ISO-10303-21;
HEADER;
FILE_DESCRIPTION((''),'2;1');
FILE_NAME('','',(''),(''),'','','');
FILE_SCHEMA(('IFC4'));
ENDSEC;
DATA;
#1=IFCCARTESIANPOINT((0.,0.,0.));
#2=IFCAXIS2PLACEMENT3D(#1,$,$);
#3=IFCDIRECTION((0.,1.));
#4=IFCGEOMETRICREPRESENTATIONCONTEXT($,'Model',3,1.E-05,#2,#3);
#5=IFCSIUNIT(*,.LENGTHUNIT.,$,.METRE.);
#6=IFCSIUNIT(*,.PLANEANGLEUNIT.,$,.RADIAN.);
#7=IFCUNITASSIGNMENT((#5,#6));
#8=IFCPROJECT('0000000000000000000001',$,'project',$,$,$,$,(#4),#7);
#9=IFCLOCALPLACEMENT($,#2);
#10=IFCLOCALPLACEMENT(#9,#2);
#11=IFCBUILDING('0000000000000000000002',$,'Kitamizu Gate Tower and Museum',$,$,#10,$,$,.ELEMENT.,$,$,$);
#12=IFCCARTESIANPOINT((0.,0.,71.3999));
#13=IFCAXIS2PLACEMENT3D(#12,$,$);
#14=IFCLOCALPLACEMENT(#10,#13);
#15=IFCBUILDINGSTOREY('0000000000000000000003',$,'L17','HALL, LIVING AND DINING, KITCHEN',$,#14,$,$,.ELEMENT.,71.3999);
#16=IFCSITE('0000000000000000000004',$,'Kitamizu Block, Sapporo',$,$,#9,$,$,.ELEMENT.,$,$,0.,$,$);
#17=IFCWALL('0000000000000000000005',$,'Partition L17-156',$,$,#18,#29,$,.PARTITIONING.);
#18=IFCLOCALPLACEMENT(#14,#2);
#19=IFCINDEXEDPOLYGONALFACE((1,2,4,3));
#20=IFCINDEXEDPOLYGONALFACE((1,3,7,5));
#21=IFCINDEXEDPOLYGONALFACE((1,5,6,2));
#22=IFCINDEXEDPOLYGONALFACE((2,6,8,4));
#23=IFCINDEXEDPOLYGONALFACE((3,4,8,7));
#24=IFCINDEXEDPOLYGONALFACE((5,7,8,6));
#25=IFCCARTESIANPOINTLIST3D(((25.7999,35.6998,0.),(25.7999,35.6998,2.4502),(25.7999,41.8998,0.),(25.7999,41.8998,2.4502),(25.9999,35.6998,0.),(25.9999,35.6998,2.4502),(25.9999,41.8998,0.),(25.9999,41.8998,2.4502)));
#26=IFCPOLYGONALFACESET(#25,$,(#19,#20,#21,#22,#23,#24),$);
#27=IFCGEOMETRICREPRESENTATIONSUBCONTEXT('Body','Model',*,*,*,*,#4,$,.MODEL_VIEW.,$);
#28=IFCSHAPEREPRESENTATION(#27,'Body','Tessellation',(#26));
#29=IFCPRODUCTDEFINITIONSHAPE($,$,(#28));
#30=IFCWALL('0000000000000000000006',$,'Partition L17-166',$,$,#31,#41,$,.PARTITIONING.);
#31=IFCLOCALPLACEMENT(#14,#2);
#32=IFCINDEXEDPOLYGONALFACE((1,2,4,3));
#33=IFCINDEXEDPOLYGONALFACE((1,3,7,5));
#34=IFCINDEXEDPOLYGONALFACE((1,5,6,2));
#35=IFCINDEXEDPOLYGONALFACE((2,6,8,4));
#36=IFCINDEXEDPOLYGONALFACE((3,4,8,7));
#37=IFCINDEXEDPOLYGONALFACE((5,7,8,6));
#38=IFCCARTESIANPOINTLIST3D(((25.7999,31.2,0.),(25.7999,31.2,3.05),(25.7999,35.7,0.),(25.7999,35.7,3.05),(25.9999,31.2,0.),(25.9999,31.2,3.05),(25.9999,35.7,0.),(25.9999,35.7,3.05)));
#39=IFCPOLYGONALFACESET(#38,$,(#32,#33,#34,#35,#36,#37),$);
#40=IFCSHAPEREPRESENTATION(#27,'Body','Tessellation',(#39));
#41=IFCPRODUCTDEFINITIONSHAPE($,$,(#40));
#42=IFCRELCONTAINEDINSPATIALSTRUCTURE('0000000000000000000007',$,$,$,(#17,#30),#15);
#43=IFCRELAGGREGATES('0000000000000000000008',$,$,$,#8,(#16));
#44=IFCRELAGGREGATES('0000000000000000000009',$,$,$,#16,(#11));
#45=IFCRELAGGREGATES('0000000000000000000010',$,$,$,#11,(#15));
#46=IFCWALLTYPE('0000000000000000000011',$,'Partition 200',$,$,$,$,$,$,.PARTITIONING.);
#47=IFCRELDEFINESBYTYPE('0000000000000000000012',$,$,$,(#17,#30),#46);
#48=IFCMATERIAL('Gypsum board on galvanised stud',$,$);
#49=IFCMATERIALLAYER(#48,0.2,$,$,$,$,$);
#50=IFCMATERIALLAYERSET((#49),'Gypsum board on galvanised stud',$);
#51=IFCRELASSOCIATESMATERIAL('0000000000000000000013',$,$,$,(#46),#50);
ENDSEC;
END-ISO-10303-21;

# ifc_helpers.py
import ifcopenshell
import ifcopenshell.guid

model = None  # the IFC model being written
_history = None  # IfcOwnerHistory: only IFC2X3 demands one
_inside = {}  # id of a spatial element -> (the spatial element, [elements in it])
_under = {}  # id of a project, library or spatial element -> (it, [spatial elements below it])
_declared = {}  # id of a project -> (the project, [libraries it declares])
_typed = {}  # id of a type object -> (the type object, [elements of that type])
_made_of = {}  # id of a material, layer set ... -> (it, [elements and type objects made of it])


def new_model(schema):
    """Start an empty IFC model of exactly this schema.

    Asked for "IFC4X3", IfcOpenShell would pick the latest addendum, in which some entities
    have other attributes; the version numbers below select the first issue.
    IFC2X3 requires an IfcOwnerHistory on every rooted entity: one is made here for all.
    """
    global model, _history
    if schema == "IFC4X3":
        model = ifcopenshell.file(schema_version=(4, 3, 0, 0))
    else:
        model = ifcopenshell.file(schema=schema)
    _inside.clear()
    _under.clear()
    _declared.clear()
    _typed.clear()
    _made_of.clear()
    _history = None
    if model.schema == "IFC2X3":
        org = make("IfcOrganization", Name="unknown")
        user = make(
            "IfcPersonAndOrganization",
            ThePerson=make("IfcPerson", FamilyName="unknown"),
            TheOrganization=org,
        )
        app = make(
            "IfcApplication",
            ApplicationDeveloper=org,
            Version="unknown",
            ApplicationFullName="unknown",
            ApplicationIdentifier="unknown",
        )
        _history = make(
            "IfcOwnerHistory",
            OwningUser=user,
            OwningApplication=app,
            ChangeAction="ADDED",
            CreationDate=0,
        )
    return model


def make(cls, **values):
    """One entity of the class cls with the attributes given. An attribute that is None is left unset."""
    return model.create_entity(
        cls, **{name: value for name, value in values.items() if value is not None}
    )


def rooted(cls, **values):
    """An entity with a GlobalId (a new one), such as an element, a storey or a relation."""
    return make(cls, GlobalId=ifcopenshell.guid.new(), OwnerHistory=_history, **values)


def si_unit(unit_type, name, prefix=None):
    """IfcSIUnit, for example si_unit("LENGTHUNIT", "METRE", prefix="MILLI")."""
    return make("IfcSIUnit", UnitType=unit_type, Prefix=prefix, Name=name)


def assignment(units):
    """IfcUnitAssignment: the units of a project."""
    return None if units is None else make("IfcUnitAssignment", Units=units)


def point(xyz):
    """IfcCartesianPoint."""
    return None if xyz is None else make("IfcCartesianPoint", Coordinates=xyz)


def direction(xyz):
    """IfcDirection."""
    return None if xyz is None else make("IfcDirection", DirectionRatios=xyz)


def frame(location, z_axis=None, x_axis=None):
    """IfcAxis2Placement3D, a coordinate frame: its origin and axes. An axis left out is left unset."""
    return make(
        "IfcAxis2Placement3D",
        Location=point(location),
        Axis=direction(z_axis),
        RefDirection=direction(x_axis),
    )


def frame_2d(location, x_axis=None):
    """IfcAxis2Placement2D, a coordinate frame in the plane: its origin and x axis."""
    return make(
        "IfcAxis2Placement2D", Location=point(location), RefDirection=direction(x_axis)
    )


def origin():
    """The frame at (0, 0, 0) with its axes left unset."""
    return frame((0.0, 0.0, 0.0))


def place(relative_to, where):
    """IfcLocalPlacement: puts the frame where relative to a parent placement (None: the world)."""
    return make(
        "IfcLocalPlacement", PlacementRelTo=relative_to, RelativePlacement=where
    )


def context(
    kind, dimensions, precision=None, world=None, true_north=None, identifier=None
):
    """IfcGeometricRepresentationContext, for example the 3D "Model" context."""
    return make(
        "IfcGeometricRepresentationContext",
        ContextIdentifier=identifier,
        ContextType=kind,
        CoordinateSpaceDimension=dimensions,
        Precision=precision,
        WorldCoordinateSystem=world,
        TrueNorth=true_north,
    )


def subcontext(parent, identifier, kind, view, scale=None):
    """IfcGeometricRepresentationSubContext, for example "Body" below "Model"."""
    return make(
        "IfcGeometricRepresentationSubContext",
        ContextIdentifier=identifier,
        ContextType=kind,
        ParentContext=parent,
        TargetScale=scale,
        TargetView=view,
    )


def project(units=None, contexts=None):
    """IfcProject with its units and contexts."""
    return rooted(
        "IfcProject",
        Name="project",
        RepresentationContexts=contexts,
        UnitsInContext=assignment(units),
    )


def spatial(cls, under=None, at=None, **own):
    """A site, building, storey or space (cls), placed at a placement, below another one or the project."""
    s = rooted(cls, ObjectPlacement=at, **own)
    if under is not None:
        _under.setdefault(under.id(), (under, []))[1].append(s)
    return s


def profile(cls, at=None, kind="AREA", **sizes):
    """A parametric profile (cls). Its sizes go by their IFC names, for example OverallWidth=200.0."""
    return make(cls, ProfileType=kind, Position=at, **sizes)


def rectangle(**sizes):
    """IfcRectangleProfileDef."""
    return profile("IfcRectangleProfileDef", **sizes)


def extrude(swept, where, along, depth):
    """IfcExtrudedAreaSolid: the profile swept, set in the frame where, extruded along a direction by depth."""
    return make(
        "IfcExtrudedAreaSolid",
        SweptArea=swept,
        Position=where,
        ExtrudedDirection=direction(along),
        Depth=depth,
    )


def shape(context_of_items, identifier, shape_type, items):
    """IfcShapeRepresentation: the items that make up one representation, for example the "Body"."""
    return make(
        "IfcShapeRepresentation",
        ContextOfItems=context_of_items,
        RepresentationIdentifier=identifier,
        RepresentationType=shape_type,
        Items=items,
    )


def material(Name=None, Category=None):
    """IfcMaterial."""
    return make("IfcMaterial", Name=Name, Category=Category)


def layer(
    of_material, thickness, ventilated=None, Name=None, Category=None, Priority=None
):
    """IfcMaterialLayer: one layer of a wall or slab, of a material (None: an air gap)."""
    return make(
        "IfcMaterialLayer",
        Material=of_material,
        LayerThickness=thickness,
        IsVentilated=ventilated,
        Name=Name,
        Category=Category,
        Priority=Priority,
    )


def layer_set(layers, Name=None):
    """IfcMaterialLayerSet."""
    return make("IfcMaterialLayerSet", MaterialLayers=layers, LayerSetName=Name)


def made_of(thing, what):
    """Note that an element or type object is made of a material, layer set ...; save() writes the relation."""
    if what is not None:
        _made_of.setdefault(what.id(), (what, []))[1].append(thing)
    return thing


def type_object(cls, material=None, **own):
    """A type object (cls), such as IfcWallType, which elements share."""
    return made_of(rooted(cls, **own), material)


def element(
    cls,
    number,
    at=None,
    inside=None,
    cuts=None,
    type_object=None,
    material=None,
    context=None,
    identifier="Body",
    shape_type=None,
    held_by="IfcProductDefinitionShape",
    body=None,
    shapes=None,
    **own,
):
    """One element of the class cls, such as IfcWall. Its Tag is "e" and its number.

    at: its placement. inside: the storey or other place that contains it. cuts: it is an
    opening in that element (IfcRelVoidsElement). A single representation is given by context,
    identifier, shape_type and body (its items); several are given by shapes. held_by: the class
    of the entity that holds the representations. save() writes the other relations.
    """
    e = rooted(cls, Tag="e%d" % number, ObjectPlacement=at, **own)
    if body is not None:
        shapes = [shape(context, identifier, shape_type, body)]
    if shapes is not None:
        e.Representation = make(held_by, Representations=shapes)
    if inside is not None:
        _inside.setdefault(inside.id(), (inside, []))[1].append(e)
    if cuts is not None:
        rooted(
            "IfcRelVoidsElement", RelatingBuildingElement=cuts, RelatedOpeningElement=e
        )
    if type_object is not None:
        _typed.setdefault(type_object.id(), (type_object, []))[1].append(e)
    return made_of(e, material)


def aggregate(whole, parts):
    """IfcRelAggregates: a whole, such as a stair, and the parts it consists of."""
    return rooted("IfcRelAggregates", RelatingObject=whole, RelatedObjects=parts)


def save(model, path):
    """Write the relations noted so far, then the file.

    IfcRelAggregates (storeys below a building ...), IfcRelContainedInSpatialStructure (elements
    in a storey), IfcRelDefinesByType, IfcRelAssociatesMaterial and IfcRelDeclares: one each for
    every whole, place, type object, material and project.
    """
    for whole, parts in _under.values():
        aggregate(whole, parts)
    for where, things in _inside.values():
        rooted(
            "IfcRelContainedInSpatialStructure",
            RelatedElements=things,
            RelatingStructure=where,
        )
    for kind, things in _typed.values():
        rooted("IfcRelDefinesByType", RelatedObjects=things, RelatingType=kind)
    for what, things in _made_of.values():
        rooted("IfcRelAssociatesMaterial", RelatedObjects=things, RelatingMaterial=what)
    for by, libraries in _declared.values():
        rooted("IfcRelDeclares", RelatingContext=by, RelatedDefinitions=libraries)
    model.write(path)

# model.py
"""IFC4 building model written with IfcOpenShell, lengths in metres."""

from ifc_helpers import new_model, si_unit, direction, frame, frame_2d, origin, place, context, subcontext, project, spatial, rectangle, extrude, material, layer, layer_set, type_object, element, save


model = new_model("IFC4")

# Units and contexts
model_context = context("Model", 3, precision=1e-05, world=origin(), true_north=direction((0.0, 1.0)))
body_context = subcontext(model_context, "Body", "Model", "MODEL_VIEW")
ifc_project = project(units=[si_unit("LENGTHUNIT", "METRE"), si_unit("PLANEANGLEUNIT", "RADIAN")], contexts=[model_context])

# Site, building, storey
site_placement = place(None, origin())
site = spatial("IfcSite", under=ifc_project, at=site_placement, Name="Kitamizu Block, Sapporo", CompositionType="ELEMENT", RefElevation=0.0)
building_placement = place(site_placement, origin())
building = spatial("IfcBuilding", under=site, at=building_placement, Name="Kitamizu Gate Tower and Museum", CompositionType="ELEMENT")
storey_placement = place(building_placement, frame((0.0, 0.0, 71.3999)))
storey = spatial("IfcBuildingStorey", under=building, at=storey_placement, Name="L17", Description="HALL, LIVING AND DINING, KITCHEN", CompositionType="ELEMENT", Elevation=71.3999)

# Walls
ifc_material_1 = material(Name="Gypsum board on galvanised stud")
ifc_layer_1 = layer(ifc_material_1, 0.2)
ifc_layer_set_1 = layer_set([ifc_layer_1], Name="Gypsum board on galvanised stud")
wall_type_1 = type_object("IfcWallType", Name="Partition 200", PredefinedType="PARTITIONING", material=ifc_layer_set_1)
wall_1_placement = place(storey_placement, frame((25.8999, 41.8999, 0.0), z_axis=(0.0, 0.0, 1.0), x_axis=(0.0, -1.0, 0.0)))
element("IfcWall", 1, at=wall_1_placement, inside=storey, type_object=wall_type_1, Name="Partition L17-156", PredefinedType="PARTITIONING", context=body_context, shape_type="SweptSolid", body=[
    extrude(rectangle(XDim=6.2, YDim=0.2, at=frame_2d((3.1001, 0.0))), origin(), (0.0, 0.0, 1.0), 2.4502),
])
wall_2_placement = place(storey_placement, frame((25.8999, 35.7, 0.0), z_axis=(0.0, 0.0, 1.0), x_axis=(0.0, -1.0, 0.0)))
element("IfcWall", 2, at=wall_2_placement, inside=storey, type_object=wall_type_1, Name="Partition L17-166", PredefinedType="PARTITIONING", context=body_context, shape_type="SweptSolid", body=[
    extrude(rectangle(XDim=4.5, YDim=0.2, at=frame_2d((2.25, 0.0))), origin(), (0.0, 0.0, 1.0), 3.05),
])

save(model, "model.ifc")
